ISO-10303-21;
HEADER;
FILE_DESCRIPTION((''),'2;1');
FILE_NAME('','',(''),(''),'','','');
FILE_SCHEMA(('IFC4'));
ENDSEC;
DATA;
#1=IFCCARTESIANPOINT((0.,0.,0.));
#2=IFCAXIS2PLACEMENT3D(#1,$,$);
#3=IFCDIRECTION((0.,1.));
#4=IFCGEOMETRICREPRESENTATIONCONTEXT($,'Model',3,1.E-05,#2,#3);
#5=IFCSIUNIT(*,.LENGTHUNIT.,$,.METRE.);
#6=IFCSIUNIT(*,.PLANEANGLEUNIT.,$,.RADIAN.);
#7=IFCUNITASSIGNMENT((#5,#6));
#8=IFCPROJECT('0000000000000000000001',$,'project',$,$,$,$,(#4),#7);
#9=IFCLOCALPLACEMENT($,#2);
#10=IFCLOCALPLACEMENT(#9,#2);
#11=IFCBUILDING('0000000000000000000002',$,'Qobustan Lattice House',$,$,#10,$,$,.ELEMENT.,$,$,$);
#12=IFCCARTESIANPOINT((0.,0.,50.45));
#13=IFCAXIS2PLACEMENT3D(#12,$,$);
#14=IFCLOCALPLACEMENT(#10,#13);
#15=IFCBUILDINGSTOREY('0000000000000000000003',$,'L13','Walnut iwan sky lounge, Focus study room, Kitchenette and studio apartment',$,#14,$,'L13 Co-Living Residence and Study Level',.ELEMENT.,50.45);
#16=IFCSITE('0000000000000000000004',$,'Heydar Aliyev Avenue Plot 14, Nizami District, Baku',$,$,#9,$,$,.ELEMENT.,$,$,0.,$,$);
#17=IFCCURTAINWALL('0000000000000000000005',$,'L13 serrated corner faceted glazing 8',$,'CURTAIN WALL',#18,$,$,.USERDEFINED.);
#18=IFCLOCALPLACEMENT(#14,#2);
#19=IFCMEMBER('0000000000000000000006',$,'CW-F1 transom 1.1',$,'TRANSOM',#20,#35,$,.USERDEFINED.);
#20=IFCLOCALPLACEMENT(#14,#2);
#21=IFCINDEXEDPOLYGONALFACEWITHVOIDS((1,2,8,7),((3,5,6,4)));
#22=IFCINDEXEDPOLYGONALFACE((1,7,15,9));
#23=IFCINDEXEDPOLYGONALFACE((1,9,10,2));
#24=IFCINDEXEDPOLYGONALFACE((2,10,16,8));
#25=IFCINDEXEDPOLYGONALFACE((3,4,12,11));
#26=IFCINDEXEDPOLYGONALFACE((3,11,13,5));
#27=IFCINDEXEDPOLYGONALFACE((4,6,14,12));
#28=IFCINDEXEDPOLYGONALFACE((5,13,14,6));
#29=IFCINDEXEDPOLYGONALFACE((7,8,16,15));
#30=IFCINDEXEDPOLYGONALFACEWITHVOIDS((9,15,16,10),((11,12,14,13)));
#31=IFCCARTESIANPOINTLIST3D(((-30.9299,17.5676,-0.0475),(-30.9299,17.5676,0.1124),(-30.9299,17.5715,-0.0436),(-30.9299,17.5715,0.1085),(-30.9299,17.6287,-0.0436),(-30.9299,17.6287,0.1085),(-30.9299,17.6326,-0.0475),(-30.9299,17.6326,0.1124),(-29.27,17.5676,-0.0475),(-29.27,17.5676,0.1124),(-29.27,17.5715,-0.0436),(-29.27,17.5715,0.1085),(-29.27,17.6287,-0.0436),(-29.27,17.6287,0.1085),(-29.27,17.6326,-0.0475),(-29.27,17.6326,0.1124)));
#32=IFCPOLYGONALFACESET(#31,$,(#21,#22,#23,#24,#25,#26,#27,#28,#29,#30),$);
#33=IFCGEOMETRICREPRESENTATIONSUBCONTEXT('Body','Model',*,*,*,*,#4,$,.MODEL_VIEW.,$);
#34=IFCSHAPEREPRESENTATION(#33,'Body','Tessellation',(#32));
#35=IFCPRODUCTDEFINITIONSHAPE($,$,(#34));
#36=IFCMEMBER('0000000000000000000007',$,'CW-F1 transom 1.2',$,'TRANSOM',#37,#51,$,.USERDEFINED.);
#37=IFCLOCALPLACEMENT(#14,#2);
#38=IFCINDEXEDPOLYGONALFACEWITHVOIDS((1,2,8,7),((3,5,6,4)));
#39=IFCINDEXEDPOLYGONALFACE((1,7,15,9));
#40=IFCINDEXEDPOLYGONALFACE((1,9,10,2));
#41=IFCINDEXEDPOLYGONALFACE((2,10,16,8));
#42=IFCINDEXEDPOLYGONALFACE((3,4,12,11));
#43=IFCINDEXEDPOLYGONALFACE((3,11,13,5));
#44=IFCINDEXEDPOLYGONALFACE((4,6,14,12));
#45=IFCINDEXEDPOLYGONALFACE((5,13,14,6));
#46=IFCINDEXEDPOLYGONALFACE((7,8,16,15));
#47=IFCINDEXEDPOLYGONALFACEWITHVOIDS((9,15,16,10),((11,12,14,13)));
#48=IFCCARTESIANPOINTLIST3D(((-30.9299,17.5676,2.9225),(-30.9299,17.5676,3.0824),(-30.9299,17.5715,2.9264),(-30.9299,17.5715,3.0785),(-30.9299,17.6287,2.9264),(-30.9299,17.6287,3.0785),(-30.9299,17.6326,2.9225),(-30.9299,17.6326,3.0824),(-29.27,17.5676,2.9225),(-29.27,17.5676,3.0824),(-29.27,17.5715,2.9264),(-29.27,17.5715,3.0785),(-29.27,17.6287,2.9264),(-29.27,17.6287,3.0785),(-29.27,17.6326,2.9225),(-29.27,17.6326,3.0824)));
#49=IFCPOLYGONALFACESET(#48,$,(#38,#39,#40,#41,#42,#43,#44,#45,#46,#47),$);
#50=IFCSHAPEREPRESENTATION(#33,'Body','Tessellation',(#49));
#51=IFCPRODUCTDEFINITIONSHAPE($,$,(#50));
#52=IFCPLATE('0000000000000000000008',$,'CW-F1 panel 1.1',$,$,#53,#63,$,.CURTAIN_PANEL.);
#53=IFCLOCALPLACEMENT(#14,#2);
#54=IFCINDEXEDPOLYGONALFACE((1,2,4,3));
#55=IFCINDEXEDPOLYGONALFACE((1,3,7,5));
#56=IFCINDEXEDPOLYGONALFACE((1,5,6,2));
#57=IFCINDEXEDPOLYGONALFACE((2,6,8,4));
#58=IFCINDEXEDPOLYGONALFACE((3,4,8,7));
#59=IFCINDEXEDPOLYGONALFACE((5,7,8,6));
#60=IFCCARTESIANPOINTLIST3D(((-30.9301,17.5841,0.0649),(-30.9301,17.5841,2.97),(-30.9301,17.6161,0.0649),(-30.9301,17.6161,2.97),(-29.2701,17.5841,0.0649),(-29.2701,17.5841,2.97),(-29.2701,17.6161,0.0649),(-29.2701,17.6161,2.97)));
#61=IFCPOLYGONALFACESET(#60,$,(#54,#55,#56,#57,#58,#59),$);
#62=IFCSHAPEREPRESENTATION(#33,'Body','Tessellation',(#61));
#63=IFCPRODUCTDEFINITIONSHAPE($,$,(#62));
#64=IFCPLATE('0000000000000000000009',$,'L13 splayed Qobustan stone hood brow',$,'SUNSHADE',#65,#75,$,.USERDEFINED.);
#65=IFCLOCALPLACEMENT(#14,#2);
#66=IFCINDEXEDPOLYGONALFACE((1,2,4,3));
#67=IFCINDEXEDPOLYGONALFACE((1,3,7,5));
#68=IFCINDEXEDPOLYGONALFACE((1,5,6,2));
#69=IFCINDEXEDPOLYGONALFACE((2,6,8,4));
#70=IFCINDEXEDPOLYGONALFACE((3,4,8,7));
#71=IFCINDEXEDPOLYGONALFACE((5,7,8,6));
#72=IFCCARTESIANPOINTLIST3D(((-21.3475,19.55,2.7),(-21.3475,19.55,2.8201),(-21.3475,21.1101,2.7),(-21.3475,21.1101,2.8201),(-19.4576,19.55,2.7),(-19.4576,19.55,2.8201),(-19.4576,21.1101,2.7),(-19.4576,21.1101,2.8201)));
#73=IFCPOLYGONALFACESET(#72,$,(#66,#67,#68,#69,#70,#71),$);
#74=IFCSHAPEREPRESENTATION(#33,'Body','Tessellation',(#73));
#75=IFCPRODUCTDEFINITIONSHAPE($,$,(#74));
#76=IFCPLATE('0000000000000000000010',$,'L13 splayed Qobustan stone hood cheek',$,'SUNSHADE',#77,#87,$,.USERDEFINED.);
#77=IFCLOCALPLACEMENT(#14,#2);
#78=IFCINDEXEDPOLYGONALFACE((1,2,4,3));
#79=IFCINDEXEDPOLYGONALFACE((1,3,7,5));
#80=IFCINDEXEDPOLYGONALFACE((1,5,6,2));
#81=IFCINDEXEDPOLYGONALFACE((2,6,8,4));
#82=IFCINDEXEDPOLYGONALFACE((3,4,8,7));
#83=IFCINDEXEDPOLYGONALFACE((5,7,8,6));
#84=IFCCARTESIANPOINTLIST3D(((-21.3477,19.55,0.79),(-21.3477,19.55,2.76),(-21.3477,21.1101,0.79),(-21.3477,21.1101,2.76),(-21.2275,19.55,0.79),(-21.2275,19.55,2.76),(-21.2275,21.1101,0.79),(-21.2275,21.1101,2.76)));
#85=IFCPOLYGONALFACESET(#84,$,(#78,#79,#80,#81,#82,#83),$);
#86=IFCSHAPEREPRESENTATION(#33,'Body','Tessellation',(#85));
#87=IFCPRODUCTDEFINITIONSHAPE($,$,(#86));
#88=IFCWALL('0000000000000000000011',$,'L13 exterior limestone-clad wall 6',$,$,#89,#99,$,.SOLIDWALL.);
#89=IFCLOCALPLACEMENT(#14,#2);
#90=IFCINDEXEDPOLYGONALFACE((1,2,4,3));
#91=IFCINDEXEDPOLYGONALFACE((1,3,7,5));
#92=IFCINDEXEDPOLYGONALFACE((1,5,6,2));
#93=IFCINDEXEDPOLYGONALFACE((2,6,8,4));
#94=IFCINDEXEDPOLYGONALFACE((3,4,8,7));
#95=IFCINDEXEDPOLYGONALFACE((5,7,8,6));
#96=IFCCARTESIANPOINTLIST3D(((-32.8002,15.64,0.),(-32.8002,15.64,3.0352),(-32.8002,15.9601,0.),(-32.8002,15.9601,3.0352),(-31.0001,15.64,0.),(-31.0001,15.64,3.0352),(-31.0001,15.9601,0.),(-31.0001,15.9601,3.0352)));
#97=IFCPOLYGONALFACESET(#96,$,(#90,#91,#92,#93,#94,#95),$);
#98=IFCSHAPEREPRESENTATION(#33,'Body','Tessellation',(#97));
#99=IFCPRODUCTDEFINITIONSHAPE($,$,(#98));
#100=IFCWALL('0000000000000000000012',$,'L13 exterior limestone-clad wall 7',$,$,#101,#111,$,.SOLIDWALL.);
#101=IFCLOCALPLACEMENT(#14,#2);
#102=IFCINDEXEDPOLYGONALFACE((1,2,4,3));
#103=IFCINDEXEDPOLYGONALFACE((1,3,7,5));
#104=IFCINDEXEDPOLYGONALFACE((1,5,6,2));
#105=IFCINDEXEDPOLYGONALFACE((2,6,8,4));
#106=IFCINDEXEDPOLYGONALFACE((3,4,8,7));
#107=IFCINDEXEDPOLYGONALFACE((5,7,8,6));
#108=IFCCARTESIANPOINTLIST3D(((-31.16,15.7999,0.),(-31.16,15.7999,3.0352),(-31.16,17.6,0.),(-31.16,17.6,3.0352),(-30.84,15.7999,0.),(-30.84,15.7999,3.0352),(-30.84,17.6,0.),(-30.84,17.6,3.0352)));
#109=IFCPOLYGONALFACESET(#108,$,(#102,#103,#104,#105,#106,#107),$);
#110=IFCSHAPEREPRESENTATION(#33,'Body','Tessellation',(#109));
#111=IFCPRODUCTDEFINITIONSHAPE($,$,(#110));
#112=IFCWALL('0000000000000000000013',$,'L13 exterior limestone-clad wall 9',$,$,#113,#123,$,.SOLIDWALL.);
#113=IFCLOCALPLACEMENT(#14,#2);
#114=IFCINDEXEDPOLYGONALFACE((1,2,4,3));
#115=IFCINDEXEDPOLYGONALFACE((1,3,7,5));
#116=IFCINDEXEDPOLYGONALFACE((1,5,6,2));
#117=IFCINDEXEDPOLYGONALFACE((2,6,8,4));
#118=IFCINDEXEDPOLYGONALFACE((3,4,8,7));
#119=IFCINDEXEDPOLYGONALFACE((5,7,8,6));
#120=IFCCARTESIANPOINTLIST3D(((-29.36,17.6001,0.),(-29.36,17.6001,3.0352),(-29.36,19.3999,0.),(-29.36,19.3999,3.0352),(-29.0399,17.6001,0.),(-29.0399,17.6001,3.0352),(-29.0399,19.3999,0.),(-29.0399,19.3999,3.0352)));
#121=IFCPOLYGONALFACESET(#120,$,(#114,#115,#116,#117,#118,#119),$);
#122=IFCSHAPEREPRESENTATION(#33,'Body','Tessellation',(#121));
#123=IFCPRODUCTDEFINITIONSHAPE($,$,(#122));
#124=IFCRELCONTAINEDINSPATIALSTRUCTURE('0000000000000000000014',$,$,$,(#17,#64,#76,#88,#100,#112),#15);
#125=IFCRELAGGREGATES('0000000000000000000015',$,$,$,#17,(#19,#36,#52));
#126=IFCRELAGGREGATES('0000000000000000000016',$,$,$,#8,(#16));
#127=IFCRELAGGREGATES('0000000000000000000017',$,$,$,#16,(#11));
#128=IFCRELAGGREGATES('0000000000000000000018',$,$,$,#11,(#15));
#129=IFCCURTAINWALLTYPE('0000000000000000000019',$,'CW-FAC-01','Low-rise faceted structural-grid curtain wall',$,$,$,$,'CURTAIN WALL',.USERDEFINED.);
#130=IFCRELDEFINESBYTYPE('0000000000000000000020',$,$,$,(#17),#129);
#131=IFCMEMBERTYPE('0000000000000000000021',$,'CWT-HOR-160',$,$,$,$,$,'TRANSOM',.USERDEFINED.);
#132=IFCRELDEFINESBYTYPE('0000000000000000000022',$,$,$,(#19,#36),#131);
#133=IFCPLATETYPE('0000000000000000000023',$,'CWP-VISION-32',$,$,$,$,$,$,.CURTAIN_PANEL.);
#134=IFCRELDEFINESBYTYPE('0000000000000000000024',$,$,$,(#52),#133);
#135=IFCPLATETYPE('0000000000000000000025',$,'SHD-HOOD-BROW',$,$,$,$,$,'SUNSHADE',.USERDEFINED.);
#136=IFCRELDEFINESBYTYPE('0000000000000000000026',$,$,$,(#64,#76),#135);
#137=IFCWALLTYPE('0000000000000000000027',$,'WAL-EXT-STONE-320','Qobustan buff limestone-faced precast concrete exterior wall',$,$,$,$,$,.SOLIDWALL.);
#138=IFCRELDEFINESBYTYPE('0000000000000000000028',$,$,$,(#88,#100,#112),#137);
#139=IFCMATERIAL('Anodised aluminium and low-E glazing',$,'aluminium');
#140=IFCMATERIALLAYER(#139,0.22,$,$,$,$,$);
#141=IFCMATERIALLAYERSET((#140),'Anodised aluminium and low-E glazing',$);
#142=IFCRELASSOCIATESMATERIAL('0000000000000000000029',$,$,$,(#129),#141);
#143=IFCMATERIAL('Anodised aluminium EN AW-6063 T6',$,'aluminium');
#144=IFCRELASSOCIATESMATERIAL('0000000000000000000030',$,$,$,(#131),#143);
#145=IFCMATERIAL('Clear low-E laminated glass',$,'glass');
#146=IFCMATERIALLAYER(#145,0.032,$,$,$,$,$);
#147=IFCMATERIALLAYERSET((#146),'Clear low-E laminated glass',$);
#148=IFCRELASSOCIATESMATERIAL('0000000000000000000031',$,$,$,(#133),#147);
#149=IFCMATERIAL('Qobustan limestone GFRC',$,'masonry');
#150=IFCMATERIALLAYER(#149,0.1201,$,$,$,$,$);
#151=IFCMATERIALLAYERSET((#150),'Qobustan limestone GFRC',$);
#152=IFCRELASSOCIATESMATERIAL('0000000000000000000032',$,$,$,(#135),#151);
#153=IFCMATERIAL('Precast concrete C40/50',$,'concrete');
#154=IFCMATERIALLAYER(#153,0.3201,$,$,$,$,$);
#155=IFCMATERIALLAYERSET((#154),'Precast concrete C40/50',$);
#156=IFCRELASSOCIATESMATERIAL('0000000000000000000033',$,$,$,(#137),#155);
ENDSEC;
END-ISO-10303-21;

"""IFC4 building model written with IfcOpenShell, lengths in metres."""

from ifc_helpers import new_model, si_unit, direction, frame, frame_2d, origin, origin_2d, place, context, subcontext, project, spatial, rectangle, hollow_rectangle, extrude, material, layer, layer_set, material_profile, profile_set, type_object, element, aggregate, save


model = new_model("IFC4")

# Units and contexts
model_context = context("Model", 3, precision=1e-05, world=origin(), true_north=direction((0.0, 1.0)))
body_context = subcontext(model_context, "Body", "Model", "MODEL_VIEW")
ifc_project = project(units=[si_unit("LENGTHUNIT", "METRE"), si_unit("PLANEANGLEUNIT", "RADIAN")], contexts=[model_context])

# Site, building, storey
site_placement = place(None, origin())
site = spatial("IfcSite", under=ifc_project, at=site_placement, Name="Heydar Aliyev Avenue Plot 14, Nizami District, Baku", CompositionType="ELEMENT", RefElevation=0.0)
building_placement = place(site_placement, origin())
building = spatial("IfcBuilding", under=site, at=building_placement, Name="Qobustan Lattice House", CompositionType="ELEMENT")
storey_placement = place(building_placement, frame((0.0, 0.0, 50.45)))
storey = spatial("IfcBuildingStorey", under=building, at=storey_placement, Name="L13", Description="Walnut iwan sky lounge, Focus study room, Kitchenette and studio apartment", LongName="L13 Co-Living Residence and Study Level", CompositionType="ELEMENT", Elevation=50.45)

# Curtain wall, members, plate
ifc_material_1 = material(Name="Anodised aluminium and low-E glazing", Category="aluminium")
ifc_layer_1 = layer(ifc_material_1, 0.22)
ifc_layer_set_1 = layer_set([ifc_layer_1], Name="Anodised aluminium and low-E glazing")
curtain_wall_type = type_object("IfcCurtainWallType", Name="CW-FAC-01", Description="Low-rise faceted structural-grid curtain wall", ElementType="CURTAIN WALL", PredefinedType="USERDEFINED", material=ifc_layer_set_1)
curtain_wall_placement = place(storey_placement, origin())
curtain_wall = element("IfcCurtainWall", 1, at=curtain_wall_placement, inside=storey, type_object=curtain_wall_type, Name="L13 serrated corner faceted glazing 8", ObjectType="CURTAIN WALL", PredefinedType="USERDEFINED")
ifc_material_2 = material(Name="Anodised aluminium EN AW-6063 T6", Category="aluminium")
ifc_material_profile_1 = material_profile(ifc_material_2, hollow_rectangle(XDim=0.0649, YDim=0.1599, WallThickness=0.0039, at=origin_2d()), Name="CWT-160x65")
ifc_profile_set_1 = profile_set([ifc_material_profile_1], Name="Anodised aluminium EN AW-6063 T6")
member_type_1 = type_object("IfcMemberType", Name="CWT-HOR-160", ElementType="TRANSOM", PredefinedType="USERDEFINED", material=ifc_profile_set_1)
member_1_placement = place(storey_placement, frame((-30.9299, 17.6001, 0.0325), z_axis=(1.0, 0.0, 0.0), x_axis=(0.0, 1.0, 0.0)))
member_1 = element("IfcMember", 2, at=member_1_placement, type_object=member_type_1, Name="CW-F1 transom 1.1", ObjectType="TRANSOM", PredefinedType="USERDEFINED", context=body_context, shape_type="SweptSolid", body=[
    extrude(hollow_rectangle(XDim=0.0649, YDim=0.1599, WallThickness=0.0039, at=origin_2d()), origin(), (0.0, 0.0, 1.0), 1.6599),
])
member_2_placement = place(storey_placement, frame((-30.9299, 17.6001, 3.0024), z_axis=(1.0, 0.0, 0.0), x_axis=(0.0, 1.0, 0.0)))
member_2 = element("IfcMember", 3, at=member_2_placement, type_object=member_type_1, Name="CW-F1 transom 1.2", ObjectType="TRANSOM", PredefinedType="USERDEFINED", context=body_context, shape_type="SweptSolid", body=[
    extrude(hollow_rectangle(XDim=0.0649, YDim=0.1599, WallThickness=0.0039, at=origin_2d()), origin(), (0.0, 0.0, 1.0), 1.6599),
])
ifc_material_3 = material(Name="Clear low-E laminated glass", Category="glass")
ifc_layer_2 = layer(ifc_material_3, 0.032)
ifc_layer_set_2 = layer_set([ifc_layer_2], Name="Clear low-E laminated glass")
plate_type_1 = type_object("IfcPlateType", Name="CWP-VISION-32", PredefinedType="CURTAIN_PANEL", material=ifc_layer_set_2)
plate_1_placement = place(storey_placement, frame((-30.1001, 17.6001, 0.0649), z_axis=(0.0, 0.0, 1.0), x_axis=(1.0, 0.0, 0.0)))
plate_1 = element("IfcPlate", 4, at=plate_1_placement, type_object=plate_type_1, Name="CW-F1 panel 1.1", PredefinedType="CURTAIN_PANEL", context=body_context, shape_type="SweptSolid", body=[
    extrude(rectangle(XDim=1.6599, YDim=0.032, at=origin_2d()), origin(), (0.0, 0.0, 1.0), 2.905),
])
aggregate(curtain_wall, [member_1, member_2, plate_1])

# Plates
ifc_material_4 = material(Name="Qobustan limestone GFRC", Category="masonry")
ifc_layer_3 = layer(ifc_material_4, 0.1201)
ifc_layer_set_3 = layer_set([ifc_layer_3], Name="Qobustan limestone GFRC")
plate_type_2 = type_object("IfcPlateType", Name="SHD-HOOD-BROW", ElementType="SUNSHADE", PredefinedType="USERDEFINED", material=ifc_layer_set_3)
plate_2_placement = place(storey_placement, frame((-20.4026, 20.3301, 2.7), z_axis=(0.0, 0.0, 1.0), x_axis=(1.0, 0.0, 0.0)))
element("IfcPlate", 5, at=plate_2_placement, inside=storey, type_object=plate_type_2, Name="L13 splayed Qobustan stone hood brow", ObjectType="SUNSHADE", PredefinedType="USERDEFINED", context=body_context, shape_type="SweptSolid", body=[
    extrude(rectangle(XDim=1.8899, YDim=1.5601, at=origin_2d()), origin(), (0.0, 0.0, 1.0), 0.1201),
])
plate_3_placement = place(storey_placement, frame((-21.2876, 20.3301, 0.79), z_axis=(0.0, 0.0, 1.0), x_axis=(1.0, 0.0, 0.0)))
element("IfcPlate", 6, at=plate_3_placement, inside=storey, type_object=plate_type_2, Name="L13 splayed Qobustan stone hood cheek", ObjectType="SUNSHADE", PredefinedType="USERDEFINED", context=body_context, shape_type="SweptSolid", body=[
    extrude(rectangle(XDim=0.1201, YDim=1.5601, at=origin_2d()), origin(), (0.0, 0.0, 1.0), 1.97),
])

# Walls
ifc_material_5 = material(Name="Precast concrete C40/50", Category="concrete")
ifc_layer_4 = layer(ifc_material_5, 0.3201)
ifc_layer_set_4 = layer_set([ifc_layer_4], Name="Precast concrete C40/50")
wall_type = type_object("IfcWallType", Name="WAL-EXT-STONE-320", Description="Qobustan buff limestone-faced precast concrete exterior wall", PredefinedType="SOLIDWALL", material=ifc_layer_set_4)
for number, where, z_axis, x_axis, name in (
    (7, (-32.8, 15.8, 0.0), (0.0, 0.0, 1.0), (1.0, 0.0, 0.0), "L13 exterior limestone-clad wall 6"),
    (8, (-31.0, 15.8, 0.0), (0.0, 0.0, 1.0), (0.0, 1.0, 0.0), "L13 exterior limestone-clad wall 7"),
):
    element("IfcWall", number, at=place(storey_placement, frame(where, z_axis=z_axis, x_axis=x_axis)), inside=storey, type_object=wall_type, Name=name, PredefinedType="SOLIDWALL", context=body_context, shape_type="SweptSolid", body=[
        extrude(rectangle(XDim=1.8, YDim=0.3201, at=frame_2d((0.8999, 0.0))), origin(), (0.0, 0.0, 1.0), 3.0352),
    ])
wall_1_placement = place(storey_placement, frame((-29.2, 17.6001, 0.0), z_axis=(0.0, 0.0, 1.0), x_axis=(0.0, 1.0, 0.0)))
element("IfcWall", 9, at=wall_1_placement, inside=storey, type_object=wall_type, Name="L13 exterior limestone-clad wall 9", PredefinedType="SOLIDWALL", context=body_context, shape_type="SweptSolid", body=[
    extrude(rectangle(XDim=1.7998, YDim=0.3201, at=frame_2d((0.8999, 0.0))), origin(), (0.0, 0.0, 1.0), 3.0352),
])

save(model, "model.ifc")
